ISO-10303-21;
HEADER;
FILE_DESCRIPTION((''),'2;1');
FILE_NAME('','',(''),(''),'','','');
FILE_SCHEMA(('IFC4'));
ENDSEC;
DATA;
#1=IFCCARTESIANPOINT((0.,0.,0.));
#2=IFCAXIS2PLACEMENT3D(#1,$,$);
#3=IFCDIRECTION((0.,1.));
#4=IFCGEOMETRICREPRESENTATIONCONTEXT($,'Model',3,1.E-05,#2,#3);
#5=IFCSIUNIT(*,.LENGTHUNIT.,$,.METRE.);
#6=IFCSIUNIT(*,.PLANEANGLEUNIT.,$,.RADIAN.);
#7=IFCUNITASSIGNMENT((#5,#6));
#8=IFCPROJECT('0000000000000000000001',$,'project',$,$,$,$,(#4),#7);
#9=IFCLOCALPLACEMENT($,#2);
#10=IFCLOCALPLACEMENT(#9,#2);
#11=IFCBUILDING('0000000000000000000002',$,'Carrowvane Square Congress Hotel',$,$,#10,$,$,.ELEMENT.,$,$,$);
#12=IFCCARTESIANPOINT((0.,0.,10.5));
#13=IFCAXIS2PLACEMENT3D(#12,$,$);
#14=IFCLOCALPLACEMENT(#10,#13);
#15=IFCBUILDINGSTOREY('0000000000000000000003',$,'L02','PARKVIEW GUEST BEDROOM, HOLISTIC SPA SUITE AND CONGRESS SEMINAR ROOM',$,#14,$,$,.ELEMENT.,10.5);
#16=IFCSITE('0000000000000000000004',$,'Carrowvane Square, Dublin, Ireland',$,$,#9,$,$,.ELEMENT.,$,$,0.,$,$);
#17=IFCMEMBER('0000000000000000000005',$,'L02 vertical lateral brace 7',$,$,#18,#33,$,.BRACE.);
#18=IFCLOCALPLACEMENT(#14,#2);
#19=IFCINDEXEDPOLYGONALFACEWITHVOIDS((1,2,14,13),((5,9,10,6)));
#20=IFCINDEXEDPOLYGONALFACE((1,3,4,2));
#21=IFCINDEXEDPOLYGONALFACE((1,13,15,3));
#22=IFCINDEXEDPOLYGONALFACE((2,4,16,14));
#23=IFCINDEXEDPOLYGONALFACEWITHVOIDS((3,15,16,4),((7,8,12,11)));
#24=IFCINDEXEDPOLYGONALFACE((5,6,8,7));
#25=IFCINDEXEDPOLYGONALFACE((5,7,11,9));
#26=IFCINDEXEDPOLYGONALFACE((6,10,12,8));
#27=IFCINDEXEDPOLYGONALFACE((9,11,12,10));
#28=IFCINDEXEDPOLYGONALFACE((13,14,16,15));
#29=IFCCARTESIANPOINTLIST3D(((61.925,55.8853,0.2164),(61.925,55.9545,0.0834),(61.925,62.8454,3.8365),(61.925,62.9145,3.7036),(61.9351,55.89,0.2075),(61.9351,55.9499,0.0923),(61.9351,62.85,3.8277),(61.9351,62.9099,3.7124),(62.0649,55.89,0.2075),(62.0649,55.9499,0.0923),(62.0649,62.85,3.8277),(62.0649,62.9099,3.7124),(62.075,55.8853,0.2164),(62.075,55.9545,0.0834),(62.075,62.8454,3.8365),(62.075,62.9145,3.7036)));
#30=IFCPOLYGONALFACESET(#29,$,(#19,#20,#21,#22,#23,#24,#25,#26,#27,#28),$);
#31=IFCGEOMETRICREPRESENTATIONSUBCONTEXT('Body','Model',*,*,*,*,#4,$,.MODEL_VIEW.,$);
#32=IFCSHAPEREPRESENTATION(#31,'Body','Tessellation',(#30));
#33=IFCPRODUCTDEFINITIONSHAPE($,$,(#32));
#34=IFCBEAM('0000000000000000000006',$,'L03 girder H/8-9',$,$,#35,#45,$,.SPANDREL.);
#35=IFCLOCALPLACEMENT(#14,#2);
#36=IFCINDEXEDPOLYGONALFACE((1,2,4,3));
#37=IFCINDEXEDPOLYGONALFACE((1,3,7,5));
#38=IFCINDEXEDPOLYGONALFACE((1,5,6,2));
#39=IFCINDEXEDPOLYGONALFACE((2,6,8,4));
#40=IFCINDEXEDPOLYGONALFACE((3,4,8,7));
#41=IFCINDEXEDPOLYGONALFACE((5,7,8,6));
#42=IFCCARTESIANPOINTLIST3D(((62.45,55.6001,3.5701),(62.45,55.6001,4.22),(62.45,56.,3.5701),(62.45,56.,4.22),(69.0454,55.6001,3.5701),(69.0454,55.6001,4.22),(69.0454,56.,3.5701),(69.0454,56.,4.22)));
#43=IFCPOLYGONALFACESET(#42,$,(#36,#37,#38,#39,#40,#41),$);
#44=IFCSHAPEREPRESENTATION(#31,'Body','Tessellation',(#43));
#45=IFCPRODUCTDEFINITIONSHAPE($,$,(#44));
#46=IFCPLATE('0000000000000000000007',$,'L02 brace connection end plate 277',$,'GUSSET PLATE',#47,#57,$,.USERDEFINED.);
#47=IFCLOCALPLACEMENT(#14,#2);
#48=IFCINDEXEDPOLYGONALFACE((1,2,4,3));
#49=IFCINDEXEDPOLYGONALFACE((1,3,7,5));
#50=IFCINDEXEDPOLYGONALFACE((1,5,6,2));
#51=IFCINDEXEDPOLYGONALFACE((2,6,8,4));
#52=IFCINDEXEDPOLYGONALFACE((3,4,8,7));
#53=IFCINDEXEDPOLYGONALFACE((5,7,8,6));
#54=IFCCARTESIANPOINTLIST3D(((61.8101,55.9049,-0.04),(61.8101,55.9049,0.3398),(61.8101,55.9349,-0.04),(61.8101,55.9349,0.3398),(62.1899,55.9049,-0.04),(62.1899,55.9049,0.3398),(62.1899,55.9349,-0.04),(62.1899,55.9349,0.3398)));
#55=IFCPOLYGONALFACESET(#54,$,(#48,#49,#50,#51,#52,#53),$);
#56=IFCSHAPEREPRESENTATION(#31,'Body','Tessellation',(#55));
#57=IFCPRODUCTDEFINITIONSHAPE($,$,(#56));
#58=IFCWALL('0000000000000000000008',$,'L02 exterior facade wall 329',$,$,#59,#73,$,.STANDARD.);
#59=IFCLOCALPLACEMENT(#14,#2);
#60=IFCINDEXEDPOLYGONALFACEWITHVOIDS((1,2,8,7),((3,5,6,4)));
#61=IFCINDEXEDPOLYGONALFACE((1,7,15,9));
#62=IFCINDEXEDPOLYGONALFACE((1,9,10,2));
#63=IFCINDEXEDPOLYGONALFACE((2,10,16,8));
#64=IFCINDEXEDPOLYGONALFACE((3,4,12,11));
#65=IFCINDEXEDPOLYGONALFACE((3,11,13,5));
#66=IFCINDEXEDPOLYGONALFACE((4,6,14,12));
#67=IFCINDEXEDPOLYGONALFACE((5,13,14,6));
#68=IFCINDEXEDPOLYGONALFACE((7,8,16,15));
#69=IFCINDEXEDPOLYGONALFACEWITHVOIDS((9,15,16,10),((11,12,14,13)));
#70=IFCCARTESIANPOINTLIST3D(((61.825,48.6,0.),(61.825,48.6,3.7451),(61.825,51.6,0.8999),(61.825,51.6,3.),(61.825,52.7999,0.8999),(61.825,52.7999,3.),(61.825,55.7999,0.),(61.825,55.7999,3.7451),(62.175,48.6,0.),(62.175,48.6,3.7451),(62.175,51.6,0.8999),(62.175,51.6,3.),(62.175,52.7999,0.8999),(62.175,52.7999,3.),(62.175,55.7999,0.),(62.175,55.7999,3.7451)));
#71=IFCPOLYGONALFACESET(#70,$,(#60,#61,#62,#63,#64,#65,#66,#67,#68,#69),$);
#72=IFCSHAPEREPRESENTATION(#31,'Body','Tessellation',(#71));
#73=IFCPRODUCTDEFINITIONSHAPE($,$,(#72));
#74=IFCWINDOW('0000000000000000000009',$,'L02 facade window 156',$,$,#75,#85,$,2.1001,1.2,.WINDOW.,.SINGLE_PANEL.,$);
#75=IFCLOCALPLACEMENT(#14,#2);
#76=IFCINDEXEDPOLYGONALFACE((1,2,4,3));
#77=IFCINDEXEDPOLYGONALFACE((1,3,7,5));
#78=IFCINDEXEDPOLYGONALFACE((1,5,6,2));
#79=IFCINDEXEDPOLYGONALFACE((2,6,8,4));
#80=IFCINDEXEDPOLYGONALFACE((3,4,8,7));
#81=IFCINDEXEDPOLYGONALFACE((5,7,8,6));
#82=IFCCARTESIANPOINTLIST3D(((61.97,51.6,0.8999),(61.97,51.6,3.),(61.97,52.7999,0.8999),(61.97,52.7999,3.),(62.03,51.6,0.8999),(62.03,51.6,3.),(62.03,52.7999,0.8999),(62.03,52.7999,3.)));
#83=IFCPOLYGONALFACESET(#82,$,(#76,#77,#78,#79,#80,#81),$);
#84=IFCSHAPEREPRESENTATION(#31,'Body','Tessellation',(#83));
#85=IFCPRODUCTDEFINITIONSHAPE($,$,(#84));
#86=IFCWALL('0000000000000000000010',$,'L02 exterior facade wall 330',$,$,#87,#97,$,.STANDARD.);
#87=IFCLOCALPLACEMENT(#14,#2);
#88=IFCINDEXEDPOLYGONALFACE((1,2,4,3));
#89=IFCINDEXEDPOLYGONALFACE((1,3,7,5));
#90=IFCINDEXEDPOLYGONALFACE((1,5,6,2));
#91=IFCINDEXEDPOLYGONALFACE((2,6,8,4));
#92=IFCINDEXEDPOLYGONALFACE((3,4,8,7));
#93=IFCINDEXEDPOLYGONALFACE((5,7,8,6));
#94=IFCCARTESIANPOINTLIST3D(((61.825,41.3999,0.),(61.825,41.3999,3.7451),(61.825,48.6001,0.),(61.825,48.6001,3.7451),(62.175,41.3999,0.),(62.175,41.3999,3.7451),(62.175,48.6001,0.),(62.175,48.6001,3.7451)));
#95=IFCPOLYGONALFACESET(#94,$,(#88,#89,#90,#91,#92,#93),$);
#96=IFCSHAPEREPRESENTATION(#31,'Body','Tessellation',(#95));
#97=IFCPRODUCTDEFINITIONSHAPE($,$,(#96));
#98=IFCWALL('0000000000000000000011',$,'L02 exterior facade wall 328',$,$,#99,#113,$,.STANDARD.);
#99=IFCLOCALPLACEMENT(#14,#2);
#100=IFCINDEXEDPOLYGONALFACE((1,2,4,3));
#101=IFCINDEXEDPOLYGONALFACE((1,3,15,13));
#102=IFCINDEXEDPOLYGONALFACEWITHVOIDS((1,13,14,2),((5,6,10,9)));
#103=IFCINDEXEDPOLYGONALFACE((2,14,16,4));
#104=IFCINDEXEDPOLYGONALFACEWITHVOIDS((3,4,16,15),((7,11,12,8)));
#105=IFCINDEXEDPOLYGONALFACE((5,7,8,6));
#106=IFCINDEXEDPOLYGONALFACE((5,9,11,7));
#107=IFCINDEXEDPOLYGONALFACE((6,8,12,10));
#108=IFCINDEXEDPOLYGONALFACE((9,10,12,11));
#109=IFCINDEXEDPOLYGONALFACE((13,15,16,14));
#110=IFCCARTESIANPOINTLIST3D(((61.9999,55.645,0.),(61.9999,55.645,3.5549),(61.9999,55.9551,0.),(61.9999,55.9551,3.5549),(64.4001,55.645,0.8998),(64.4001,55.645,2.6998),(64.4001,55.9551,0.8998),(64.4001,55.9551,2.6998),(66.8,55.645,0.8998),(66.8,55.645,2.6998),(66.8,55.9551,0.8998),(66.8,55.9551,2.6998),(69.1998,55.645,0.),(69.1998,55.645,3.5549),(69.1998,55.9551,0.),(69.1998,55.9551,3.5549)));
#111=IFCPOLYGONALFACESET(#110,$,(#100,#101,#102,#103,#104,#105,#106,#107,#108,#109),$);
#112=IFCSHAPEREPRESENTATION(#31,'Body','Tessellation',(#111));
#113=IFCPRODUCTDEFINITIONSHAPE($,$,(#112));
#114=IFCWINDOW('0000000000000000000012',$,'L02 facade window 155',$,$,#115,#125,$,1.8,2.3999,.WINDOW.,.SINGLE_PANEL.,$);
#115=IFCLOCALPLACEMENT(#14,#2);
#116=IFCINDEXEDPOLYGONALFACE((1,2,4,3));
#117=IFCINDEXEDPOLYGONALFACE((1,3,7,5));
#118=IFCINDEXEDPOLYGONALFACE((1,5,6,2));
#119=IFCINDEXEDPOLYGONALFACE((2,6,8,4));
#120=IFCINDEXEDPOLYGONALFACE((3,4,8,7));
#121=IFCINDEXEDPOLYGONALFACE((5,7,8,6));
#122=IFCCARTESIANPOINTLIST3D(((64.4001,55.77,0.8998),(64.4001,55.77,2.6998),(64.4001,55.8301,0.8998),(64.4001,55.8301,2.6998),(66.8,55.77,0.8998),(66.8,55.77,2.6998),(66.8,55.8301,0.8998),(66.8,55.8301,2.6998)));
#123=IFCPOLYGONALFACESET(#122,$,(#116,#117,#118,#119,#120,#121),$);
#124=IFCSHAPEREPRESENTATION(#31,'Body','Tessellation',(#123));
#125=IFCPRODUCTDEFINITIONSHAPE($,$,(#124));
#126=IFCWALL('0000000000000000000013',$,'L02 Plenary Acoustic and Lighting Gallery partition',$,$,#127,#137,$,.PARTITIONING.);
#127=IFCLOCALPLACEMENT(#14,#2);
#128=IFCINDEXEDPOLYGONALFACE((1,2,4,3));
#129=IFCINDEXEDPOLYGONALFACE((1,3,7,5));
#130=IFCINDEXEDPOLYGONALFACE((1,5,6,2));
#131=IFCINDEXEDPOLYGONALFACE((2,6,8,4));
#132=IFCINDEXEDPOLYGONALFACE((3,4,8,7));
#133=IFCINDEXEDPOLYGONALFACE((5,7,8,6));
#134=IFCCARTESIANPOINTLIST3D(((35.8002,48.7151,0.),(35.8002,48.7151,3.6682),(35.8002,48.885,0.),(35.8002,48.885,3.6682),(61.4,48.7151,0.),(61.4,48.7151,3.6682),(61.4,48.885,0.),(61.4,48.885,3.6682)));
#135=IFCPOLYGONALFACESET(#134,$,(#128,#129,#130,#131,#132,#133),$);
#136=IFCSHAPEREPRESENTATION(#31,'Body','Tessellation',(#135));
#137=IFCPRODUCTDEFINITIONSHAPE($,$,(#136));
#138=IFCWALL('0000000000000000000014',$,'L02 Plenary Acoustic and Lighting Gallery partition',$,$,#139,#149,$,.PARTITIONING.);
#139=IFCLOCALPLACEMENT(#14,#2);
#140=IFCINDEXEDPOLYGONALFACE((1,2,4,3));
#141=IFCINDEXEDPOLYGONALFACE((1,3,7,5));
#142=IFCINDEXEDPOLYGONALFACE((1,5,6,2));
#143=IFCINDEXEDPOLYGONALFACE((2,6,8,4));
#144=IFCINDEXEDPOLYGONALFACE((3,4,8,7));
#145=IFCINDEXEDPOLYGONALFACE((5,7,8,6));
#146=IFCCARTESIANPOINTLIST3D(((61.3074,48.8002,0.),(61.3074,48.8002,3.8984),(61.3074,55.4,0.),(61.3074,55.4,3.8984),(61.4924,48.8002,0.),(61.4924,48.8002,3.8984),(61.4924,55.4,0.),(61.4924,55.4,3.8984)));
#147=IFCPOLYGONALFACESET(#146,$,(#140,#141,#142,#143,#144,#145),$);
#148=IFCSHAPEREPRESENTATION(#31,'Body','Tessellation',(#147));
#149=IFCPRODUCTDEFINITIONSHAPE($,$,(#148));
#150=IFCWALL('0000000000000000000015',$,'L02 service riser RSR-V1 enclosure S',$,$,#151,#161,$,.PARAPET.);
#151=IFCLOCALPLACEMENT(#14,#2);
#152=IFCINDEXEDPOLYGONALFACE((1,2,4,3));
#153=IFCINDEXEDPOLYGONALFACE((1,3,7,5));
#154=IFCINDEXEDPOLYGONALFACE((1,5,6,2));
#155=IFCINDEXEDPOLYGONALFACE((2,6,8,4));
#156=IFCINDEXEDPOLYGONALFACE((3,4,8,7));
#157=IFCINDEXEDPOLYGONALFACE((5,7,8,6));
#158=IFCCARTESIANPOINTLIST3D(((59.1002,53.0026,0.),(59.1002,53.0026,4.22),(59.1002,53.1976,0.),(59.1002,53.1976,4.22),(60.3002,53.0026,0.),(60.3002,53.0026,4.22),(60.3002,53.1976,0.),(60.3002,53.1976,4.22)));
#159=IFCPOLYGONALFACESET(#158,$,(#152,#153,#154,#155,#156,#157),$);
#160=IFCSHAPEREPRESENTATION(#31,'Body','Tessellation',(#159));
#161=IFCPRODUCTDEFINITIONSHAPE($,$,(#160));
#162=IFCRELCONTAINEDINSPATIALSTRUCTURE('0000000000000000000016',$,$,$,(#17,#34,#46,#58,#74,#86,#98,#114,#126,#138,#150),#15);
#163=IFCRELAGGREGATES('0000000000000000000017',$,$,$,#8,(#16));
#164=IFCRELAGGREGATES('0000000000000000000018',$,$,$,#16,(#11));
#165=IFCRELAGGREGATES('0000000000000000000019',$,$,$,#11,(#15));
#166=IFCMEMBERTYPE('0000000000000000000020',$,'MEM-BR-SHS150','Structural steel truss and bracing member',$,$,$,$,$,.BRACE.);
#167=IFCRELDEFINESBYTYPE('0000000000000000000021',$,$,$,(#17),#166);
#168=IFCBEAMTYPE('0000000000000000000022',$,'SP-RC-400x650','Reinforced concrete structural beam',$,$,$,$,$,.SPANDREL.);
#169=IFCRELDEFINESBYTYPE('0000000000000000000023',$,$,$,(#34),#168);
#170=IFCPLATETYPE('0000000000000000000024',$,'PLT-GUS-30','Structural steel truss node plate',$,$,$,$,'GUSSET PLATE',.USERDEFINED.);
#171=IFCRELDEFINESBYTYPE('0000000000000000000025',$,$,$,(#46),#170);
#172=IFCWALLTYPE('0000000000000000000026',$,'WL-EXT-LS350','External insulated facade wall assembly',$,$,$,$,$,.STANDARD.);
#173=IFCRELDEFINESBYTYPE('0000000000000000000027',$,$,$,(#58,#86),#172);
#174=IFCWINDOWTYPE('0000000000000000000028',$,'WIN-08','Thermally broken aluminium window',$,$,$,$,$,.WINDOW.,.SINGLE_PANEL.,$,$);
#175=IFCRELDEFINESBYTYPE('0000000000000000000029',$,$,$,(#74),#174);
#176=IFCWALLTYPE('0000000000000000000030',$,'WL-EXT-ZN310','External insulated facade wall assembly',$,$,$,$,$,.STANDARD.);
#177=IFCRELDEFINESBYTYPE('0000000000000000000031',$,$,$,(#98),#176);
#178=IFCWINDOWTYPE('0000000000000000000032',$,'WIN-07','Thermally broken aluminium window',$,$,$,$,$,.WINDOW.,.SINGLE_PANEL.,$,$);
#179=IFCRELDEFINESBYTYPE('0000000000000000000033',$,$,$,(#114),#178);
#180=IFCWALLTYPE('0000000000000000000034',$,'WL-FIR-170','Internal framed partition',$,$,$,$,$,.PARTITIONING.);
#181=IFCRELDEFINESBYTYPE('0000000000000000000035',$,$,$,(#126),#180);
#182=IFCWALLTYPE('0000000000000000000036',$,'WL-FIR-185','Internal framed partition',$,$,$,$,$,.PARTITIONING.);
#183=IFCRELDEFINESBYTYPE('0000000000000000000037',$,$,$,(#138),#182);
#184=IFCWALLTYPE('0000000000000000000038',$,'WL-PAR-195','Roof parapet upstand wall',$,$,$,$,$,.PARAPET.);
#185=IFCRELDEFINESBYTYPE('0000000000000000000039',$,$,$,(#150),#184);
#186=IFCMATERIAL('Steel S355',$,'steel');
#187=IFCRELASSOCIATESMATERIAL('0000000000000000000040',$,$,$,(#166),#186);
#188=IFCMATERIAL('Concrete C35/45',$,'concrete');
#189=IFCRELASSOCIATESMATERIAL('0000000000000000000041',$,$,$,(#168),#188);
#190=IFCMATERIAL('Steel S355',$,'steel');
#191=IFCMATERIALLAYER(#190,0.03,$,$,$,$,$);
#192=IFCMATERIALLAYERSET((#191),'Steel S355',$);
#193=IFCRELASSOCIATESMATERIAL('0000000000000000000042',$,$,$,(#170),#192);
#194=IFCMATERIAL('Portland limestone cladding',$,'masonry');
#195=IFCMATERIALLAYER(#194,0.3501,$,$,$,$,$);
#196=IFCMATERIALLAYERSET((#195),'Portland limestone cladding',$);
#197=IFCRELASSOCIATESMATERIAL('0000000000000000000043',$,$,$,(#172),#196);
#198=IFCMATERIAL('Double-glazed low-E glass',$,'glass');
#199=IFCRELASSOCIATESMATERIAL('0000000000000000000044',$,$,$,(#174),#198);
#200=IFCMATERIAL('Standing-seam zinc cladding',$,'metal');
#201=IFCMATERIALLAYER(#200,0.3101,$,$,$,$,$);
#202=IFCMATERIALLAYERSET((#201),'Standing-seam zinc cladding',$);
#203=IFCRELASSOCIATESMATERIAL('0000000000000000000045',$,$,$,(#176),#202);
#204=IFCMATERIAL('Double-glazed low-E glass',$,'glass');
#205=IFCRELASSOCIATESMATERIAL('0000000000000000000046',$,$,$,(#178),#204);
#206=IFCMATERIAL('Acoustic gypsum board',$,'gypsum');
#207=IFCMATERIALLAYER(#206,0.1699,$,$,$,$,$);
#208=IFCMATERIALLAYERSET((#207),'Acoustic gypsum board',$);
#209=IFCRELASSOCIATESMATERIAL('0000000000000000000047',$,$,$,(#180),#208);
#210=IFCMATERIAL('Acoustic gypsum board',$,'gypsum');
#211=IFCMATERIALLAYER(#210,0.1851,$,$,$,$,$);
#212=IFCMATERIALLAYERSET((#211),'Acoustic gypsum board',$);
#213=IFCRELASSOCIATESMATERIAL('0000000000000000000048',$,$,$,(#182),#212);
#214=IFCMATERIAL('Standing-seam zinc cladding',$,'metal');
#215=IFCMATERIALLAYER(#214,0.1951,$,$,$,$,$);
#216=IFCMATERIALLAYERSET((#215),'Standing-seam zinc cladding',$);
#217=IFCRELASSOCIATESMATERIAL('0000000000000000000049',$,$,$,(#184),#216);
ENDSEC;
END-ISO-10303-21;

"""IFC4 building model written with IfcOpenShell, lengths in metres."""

from ifc_helpers import new_model, si_unit, direction, frame, frame_2d, origin, origin_2d, place, context, subcontext, project, spatial, rectangle, hollow_rectangle, extrude, material, layer, layer_set, material_profile, profile_set, type_object, element, fill, save


model = new_model("IFC4")

# Units and contexts
model_context = context("Model", 3, precision=1e-05, world=origin(), true_north=direction((0.0, 1.0)))
body_context = subcontext(model_context, "Body", "Model", "MODEL_VIEW")
ifc_project = project(units=[si_unit("LENGTHUNIT", "METRE"), si_unit("PLANEANGLEUNIT", "RADIAN")], contexts=[model_context])

# Site, building, storey
site_placement = place(None, origin())
site = spatial("IfcSite", under=ifc_project, at=site_placement, Name="Carrowvane Square, Dublin, Ireland", CompositionType="ELEMENT", RefElevation=0.0)
building_placement = place(site_placement, origin())
building = spatial("IfcBuilding", under=site, at=building_placement, Name="Carrowvane Square Congress Hotel", CompositionType="ELEMENT")
storey_placement = place(building_placement, frame((0.0, 0.0, 10.5)))
storey = spatial("IfcBuildingStorey", under=building, at=storey_placement, Name="L02", Description="PARKVIEW GUEST BEDROOM, HOLISTIC SPA SUITE AND CONGRESS SEMINAR ROOM", CompositionType="ELEMENT", Elevation=10.5)

# Member
ifc_material_1 = material(Name="Steel S355", Category="steel")
ifc_material_profile_1 = material_profile(ifc_material_1, hollow_rectangle(XDim=0.1499, YDim=0.1499, WallThickness=0.01, at=origin_2d()), Name="SHS 150x150x10")
ifc_profile_set_1 = profile_set([ifc_material_profile_1], Name="Steel S355")
member_type = type_object("IfcMemberType", Name="MEM-BR-SHS150", Description="Structural steel truss and bracing member", PredefinedType="BRACE", material=ifc_profile_set_1)
member_placement = place(storey_placement, frame((62.0, 55.9199, 0.1499), z_axis=(0.0, 0.887168, 0.461447), x_axis=(-1.0, 0.0, 0.0)))
element("IfcMember", 1, at=member_placement, inside=storey, type_object=member_type, Name="L02 vertical lateral brace 7", PredefinedType="BRACE", context=body_context, shape_type="SweptSolid", body=[
    extrude(hollow_rectangle(XDim=0.1499, YDim=0.1499, WallThickness=0.01, at=origin_2d()), origin(), (0.0, 0.0, 1.0), 7.8452),
])

# Beam
ifc_material_2 = material(Name="Concrete C35/45", Category="concrete")
ifc_material_profile_2 = material_profile(ifc_material_2, rectangle(XDim=0.3999, YDim=0.6499, at=origin_2d()), Name="RC 400x650")
ifc_profile_set_2 = profile_set([ifc_material_profile_2], Name="Concrete C35/45")
beam_type_1 = type_object("IfcBeamType", Name="SP-RC-400x650", Description="Reinforced concrete structural beam", PredefinedType="SPANDREL", material=ifc_profile_set_2)
beam_1_placement = place(storey_placement, frame((62.45, 55.8, 3.895), z_axis=(1.0, 0.0, 0.0), x_axis=(0.0, 1.0, 0.0)))
element("IfcBeam", 2, at=beam_1_placement, inside=storey, type_object=beam_type_1, Name="L03 girder H/8-9", PredefinedType="SPANDREL", context=body_context, shape_type="SweptSolid", body=[
    extrude(rectangle(XDim=0.3999, YDim=0.6499, at=origin_2d()), origin(), (0.0, 0.0, 1.0), 6.5955),
])

# Plate
ifc_material_3 = material(Name="Steel S355", Category="steel")
ifc_layer_1 = layer(ifc_material_3, 0.03)
ifc_layer_set_1 = layer_set([ifc_layer_1], Name="Steel S355")
plate_type = type_object("IfcPlateType", Name="PLT-GUS-30", Description="Structural steel truss node plate", ElementType="GUSSET PLATE", PredefinedType="USERDEFINED", material=ifc_layer_set_1)
plate_placement = place(storey_placement, frame((62.0, 55.9199, -0.04), z_axis=(0.0, 0.0, 1.0), x_axis=(1.0, 0.0, 0.0)))
element("IfcPlate", 3, at=plate_placement, inside=storey, type_object=plate_type, Name="L02 brace connection end plate 277", ObjectType="GUSSET PLATE", PredefinedType="USERDEFINED", context=body_context, shape_type="SweptSolid", body=[
    extrude(rectangle(XDim=0.3799, YDim=0.03, at=origin_2d()), origin(), (0.0, 0.0, 1.0), 0.3799),
])

# Wall, opening, window
ifc_material_4 = material(Name="Portland limestone cladding", Category="masonry")
ifc_layer_2 = layer(ifc_material_4, 0.3501)
ifc_layer_set_2 = layer_set([ifc_layer_2], Name="Portland limestone cladding")
wall_type_1 = type_object("IfcWallType", Name="WL-EXT-LS350", Description="External insulated facade wall assembly", PredefinedType="STANDARD", material=ifc_layer_set_2)
wall_1_placement = place(storey_placement, frame((62.0, 55.8, 0.0), z_axis=(0.0, 0.0, 1.0), x_axis=(0.0, -1.0, 0.0)))
wall_1 = element("IfcWall", 4, at=wall_1_placement, inside=storey, type_object=wall_type_1, Name="L02 exterior facade wall 329", PredefinedType="STANDARD", context=body_context, shape_type="SweptSolid", body=[
    extrude(rectangle(XDim=7.2, YDim=0.3501, at=frame_2d((3.6001, 0.0))), origin(), (0.0, 0.0, 1.0), 3.7451),
])
opening_1_placement = place(wall_1_placement, frame((3.0, 0.0, 0.8999)))
opening_1 = element("IfcOpeningElement", 5, at=opening_1_placement, cuts=wall_1, PredefinedType="OPENING", context=body_context, shape_type="SweptSolid", body=[
    extrude(rectangle(XDim=1.2, YDim=2.1001, at=frame_2d((0.6001, 1.05))), frame((0.0, 0.1851, 0.0), z_axis=(0.0, -1.0, 0.0), x_axis=(1.0, 0.0, 0.0)), (0.0, 0.0, 1.0), 0.3701),
])
ifc_material_5 = material(Name="Double-glazed low-E glass", Category="glass")
window_type_1 = type_object("IfcWindowType", Name="WIN-08", Description="Thermally broken aluminium window", PartitioningType="SINGLE_PANEL", PredefinedType="WINDOW", material=ifc_material_5)
window_1_placement = place(opening_1_placement, origin())
window_1 = element("IfcWindow", 6, at=window_1_placement, inside=storey, type_object=window_type_1, Name="L02 facade window 156", OverallHeight=2.1001, OverallWidth=1.2, PartitioningType="SINGLE_PANEL", PredefinedType="WINDOW", context=body_context, shape_type="SweptSolid", body=[
    extrude(rectangle(XDim=1.2, YDim=2.1001, at=frame_2d((0.6001, 1.05))), frame((0.0, 0.03, 0.0), z_axis=(0.0, -1.0, 0.0), x_axis=(1.0, 0.0, 0.0)), (0.0, 0.0, 1.0), 0.0601),
])
fill(opening_1, window_1)

# Wall
wall_2_placement = place(storey_placement, frame((62.0, 48.6001, 0.0), z_axis=(0.0, 0.0, 1.0), x_axis=(0.0, -1.0, 0.0)))
element("IfcWall", 7, at=wall_2_placement, inside=storey, type_object=wall_type_1, Name="L02 exterior facade wall 330", PredefinedType="STANDARD", context=body_context, shape_type="SweptSolid", body=[
    extrude(rectangle(XDim=7.2002, YDim=0.3501, at=frame_2d((3.6001, 0.0))), origin(), (0.0, 0.0, 1.0), 3.7451),
])

# Wall, opening, window
ifc_material_6 = material(Name="Standing-seam zinc cladding", Category="metal")
ifc_layer_3 = layer(ifc_material_6, 0.3101)
ifc_layer_set_3 = layer_set([ifc_layer_3], Name="Standing-seam zinc cladding")
wall_type_2 = type_object("IfcWallType", Name="WL-EXT-ZN310", Description="External insulated facade wall assembly", PredefinedType="STANDARD", material=ifc_layer_set_3)
wall_3_placement = place(storey_placement, frame((69.2, 55.8, 0.0), z_axis=(0.0, 0.0, 1.0), x_axis=(-1.0, 0.0, 0.0)))
wall_3 = element("IfcWall", 8, at=wall_3_placement, inside=storey, type_object=wall_type_2, Name="L02 exterior facade wall 328", PredefinedType="STANDARD", context=body_context, shape_type="SweptSolid", body=[
    extrude(rectangle(XDim=7.2, YDim=0.3101, at=frame_2d((3.6001, 0.0))), origin(), (0.0, 0.0, 1.0), 3.5549),
])
opening_2_placement = place(wall_3_placement, frame((2.3999, 0.0, 0.8999)))
opening_2 = element("IfcOpeningElement", 9, at=opening_2_placement, cuts=wall_3, PredefinedType="OPENING", context=body_context, shape_type="SweptSolid", body=[
    extrude(rectangle(XDim=2.3999, YDim=1.8, at=frame_2d((1.2, 0.8999))), frame((0.0, 0.165, 0.0), z_axis=(0.0, -1.0, 0.0), x_axis=(1.0, 0.0, 0.0)), (0.0, 0.0, 1.0), 0.3301),
])
ifc_material_7 = material(Name="Double-glazed low-E glass", Category="glass")
window_type_2 = type_object("IfcWindowType", Name="WIN-07", Description="Thermally broken aluminium window", PartitioningType="SINGLE_PANEL", PredefinedType="WINDOW", material=ifc_material_7)
window_2_placement = place(opening_2_placement, origin())
window_2 = element("IfcWindow", 10, at=window_2_placement, inside=storey, type_object=window_type_2, Name="L02 facade window 155", OverallHeight=1.8, OverallWidth=2.3999, PartitioningType="SINGLE_PANEL", PredefinedType="WINDOW", context=body_context, shape_type="SweptSolid", body=[
    extrude(rectangle(XDim=2.3999, YDim=1.8, at=frame_2d((1.2, 0.8999))), frame((0.0, 0.03, 0.0), z_axis=(0.0, -1.0, 0.0), x_axis=(1.0, 0.0, 0.0)), (0.0, 0.0, 1.0), 0.0601),
])
fill(opening_2, window_2)

# Walls
ifc_material_8 = material(Name="Acoustic gypsum board", Category="gypsum")
ifc_layer_4 = layer(ifc_material_8, 0.1699)
ifc_layer_set_4 = layer_set([ifc_layer_4], Name="Acoustic gypsum board")
wall_type_3 = type_object("IfcWallType", Name="WL-FIR-170", Description="Internal framed partition", PredefinedType="PARTITIONING", material=ifc_layer_set_4)
wall_4_placement = place(storey_placement, frame((61.3999, 48.8, 0.0), z_axis=(0.0, 0.0, 1.0), x_axis=(-1.0, 0.0, 0.0)))
element("IfcWall", 11, at=wall_4_placement, inside=storey, type_object=wall_type_3, Name="L02 Plenary Acoustic and Lighting Gallery partition", PredefinedType="PARTITIONING", context=body_context, shape_type="SweptSolid", body=[
    extrude(rectangle(XDim=25.5999, YDim=0.1699, at=frame_2d((12.7998, 0.0))), origin(), (0.0, 0.0, 1.0), 3.6682),
])
ifc_material_9 = material(Name="Acoustic gypsum board", Category="gypsum")
ifc_layer_5 = layer(ifc_material_9, 0.1851)
ifc_layer_set_5 = layer_set([ifc_layer_5], Name="Acoustic gypsum board")
wall_type_4 = type_object("IfcWallType", Name="WL-FIR-185", Description="Internal framed partition", PredefinedType="PARTITIONING", material=ifc_layer_set_5)
wall_5_placement = place(storey_placement, frame((61.3999, 55.3999, 0.0), z_axis=(0.0, 0.0, 1.0), x_axis=(0.0, -1.0, 0.0)))
element("IfcWall", 12, at=wall_5_placement, inside=storey, type_object=wall_type_4, Name="L02 Plenary Acoustic and Lighting Gallery partition", PredefinedType="PARTITIONING", context=body_context, shape_type="SweptSolid", body=[
    extrude(rectangle(XDim=6.5999, YDim=0.1851, at=frame_2d((3.2998, 0.0))), origin(), (0.0, 0.0, 1.0), 3.8984),
])
ifc_material_10 = material(Name="Standing-seam zinc cladding", Category="metal")
ifc_layer_6 = layer(ifc_material_10, 0.1951)
ifc_layer_set_6 = layer_set([ifc_layer_6], Name="Standing-seam zinc cladding")
wall_type_5 = type_object("IfcWallType", Name="WL-PAR-195", Description="Roof parapet upstand wall", PredefinedType="PARAPET", material=ifc_layer_set_6)
for number, where, z_axis, x_axis, name in (
    (13, (59.1001, 53.1001, 0.0), (0.0, 0.0, 1.0), (1.0, 0.0, 0.0), "L02 service riser RSR-V1 enclosure S"),
):
    element("IfcWall", number, at=place(storey_placement, frame(where, z_axis=z_axis, x_axis=x_axis)), inside=storey, type_object=wall_type_5, Name=name, PredefinedType="PARAPET", context=body_context, shape_type="SweptSolid", body=[
        extrude(rectangle(XDim=1.2, YDim=0.1951, at=frame_2d((0.6001, 0.0))), origin(), (0.0, 0.0, 1.0), 4.22),
    ])

save(model, "model.ifc")
